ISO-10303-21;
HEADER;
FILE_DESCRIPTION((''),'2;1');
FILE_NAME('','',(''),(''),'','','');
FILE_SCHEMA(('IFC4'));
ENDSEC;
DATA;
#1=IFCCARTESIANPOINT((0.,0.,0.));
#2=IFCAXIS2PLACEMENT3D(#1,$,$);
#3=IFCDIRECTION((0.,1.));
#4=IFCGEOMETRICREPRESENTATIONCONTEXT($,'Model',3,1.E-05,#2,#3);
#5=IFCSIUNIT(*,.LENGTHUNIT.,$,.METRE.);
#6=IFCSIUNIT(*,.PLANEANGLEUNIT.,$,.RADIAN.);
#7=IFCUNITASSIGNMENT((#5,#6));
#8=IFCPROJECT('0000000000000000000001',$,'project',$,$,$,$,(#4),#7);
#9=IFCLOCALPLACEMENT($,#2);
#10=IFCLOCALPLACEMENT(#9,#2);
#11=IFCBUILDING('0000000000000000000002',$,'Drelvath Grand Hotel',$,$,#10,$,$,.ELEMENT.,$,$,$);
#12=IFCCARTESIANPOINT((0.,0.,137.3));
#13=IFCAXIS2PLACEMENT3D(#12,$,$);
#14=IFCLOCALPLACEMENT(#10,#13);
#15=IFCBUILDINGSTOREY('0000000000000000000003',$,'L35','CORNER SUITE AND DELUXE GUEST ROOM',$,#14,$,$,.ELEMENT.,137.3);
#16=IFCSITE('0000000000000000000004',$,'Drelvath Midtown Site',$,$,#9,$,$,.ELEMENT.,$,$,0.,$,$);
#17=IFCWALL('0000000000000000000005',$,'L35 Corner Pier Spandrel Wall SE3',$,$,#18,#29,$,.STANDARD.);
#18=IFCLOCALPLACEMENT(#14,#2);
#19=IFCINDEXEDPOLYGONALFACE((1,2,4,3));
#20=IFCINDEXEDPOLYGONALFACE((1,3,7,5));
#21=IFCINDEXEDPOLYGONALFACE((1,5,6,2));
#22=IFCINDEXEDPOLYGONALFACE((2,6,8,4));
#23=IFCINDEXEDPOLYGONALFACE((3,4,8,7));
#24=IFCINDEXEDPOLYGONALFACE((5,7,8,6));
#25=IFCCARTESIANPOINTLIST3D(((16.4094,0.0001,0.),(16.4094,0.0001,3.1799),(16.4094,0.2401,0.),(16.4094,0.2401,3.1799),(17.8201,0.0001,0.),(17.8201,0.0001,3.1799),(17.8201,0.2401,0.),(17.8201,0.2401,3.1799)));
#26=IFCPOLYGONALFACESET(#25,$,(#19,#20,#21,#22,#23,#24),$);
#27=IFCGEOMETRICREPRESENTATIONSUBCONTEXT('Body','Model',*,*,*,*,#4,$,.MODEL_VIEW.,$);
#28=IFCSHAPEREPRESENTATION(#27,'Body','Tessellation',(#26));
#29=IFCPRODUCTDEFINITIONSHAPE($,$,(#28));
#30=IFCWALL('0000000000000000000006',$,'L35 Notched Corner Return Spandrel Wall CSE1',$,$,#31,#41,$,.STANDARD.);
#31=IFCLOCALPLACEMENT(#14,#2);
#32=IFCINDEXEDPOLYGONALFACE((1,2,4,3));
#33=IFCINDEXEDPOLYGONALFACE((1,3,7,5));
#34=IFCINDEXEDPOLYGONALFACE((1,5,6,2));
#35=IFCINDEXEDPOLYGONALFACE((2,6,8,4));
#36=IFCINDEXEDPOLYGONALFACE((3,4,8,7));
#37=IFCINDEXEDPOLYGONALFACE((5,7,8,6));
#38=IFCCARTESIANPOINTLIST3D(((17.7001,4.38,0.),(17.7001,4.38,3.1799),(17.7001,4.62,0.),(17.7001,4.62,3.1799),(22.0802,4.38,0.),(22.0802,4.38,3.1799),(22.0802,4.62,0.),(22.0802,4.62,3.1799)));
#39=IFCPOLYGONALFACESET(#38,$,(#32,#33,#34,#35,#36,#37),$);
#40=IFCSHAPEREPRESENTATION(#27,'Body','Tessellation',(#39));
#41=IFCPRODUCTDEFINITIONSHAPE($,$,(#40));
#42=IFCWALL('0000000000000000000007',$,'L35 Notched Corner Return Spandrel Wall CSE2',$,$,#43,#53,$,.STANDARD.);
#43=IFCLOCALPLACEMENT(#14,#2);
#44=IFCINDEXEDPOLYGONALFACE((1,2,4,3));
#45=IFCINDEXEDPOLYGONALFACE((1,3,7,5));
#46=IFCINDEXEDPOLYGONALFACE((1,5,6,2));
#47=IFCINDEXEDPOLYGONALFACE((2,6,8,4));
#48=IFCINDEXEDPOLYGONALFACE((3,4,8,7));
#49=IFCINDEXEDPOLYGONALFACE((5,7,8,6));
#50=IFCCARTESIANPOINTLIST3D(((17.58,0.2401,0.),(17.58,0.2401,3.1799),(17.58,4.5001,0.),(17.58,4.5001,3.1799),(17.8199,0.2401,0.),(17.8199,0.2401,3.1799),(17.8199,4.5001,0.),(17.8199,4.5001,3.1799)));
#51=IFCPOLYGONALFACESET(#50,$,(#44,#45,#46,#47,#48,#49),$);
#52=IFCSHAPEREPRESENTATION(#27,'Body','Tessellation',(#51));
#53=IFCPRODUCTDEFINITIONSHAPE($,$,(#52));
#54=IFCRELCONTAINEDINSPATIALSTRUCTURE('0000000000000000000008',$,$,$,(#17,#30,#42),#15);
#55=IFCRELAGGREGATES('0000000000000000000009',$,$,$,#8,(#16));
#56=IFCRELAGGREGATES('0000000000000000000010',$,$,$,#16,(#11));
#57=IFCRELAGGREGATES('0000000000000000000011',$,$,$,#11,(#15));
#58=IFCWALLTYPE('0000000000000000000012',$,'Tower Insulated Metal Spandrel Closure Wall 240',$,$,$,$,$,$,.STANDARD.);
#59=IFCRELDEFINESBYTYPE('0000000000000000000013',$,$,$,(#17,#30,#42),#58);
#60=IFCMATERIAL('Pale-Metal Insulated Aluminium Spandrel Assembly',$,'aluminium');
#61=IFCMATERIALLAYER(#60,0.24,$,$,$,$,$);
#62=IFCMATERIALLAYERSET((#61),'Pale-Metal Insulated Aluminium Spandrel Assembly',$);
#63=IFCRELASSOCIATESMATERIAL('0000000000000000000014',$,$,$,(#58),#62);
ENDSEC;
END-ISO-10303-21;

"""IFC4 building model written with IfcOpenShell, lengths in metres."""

from ifc_helpers import new_model, si_unit, direction, frame, frame_2d, origin, place, context, subcontext, project, spatial, rectangle, extrude, material, layer, layer_set, type_object, element, save


model = new_model("IFC4")

# Units and contexts
model_context = context("Model", 3, precision=1e-05, world=origin(), true_north=direction((0.0, 1.0)))
body_context = subcontext(model_context, "Body", "Model", "MODEL_VIEW")
ifc_project = project(units=[si_unit("LENGTHUNIT", "METRE"), si_unit("PLANEANGLEUNIT", "RADIAN")], contexts=[model_context])

# Site, building, storey
site_placement = place(None, origin())
site = spatial("IfcSite", under=ifc_project, at=site_placement, Name="Drelvath Midtown Site", CompositionType="ELEMENT", RefElevation=0.0)
building_placement = place(site_placement, origin())
building = spatial("IfcBuilding", under=site, at=building_placement, Name="Drelvath Grand Hotel", CompositionType="ELEMENT")
storey_placement = place(building_placement, frame((0.0, 0.0, 137.3)))
storey = spatial("IfcBuildingStorey", under=building, at=storey_placement, Name="L35", Description="CORNER SUITE AND DELUXE GUEST ROOM", CompositionType="ELEMENT", Elevation=137.3)

# Walls
ifc_material_1 = material(Name="Pale-Metal Insulated Aluminium Spandrel Assembly", Category="aluminium")
ifc_layer_1 = layer(ifc_material_1, 0.24)
ifc_layer_set_1 = layer_set([ifc_layer_1], Name="Pale-Metal Insulated Aluminium Spandrel Assembly")
wall_type_1 = type_object("IfcWallType", Name="Tower Insulated Metal Spandrel Closure Wall 240", PredefinedType="STANDARD", material=ifc_layer_set_1)
wall_1_placement = place(storey_placement, frame((17.8201, 0.1201, 0.0), z_axis=(0.0, 0.0, 1.0), x_axis=(-1.0, 0.0, 0.0)))
element("IfcWall", 1, at=wall_1_placement, inside=storey, type_object=wall_type_1, Name="L35 Corner Pier Spandrel Wall SE3", PredefinedType="STANDARD", context=body_context, shape_type="SweptSolid", body=[
    extrude(rectangle(XDim=1.4106, YDim=0.24, at=frame_2d((0.7053, 0.0))), origin(), (0.0, 0.0, 1.0), 3.1799),
])
wall_2_placement = place(storey_placement, frame((22.0801, 4.5, 0.0), z_axis=(0.0, 0.0, 1.0), x_axis=(-1.0, 0.0, 0.0)))
element("IfcWall", 2, at=wall_2_placement, inside=storey, type_object=wall_type_1, Name="L35 Notched Corner Return Spandrel Wall CSE1", PredefinedType="STANDARD", context=body_context, shape_type="SweptSolid", body=[
    extrude(rectangle(XDim=4.3801, YDim=0.24, at=frame_2d((2.1899, 0.0))), origin(), (0.0, 0.0, 1.0), 3.1799),
])
wall_3_placement = place(storey_placement, frame((17.7, 4.5, 0.0), z_axis=(0.0, 0.0, 1.0), x_axis=(0.0, -1.0, 0.0)))
element("IfcWall", 3, at=wall_3_placement, inside=storey, type_object=wall_type_1, Name="L35 Notched Corner Return Spandrel Wall CSE2", PredefinedType="STANDARD", context=body_context, shape_type="SweptSolid", body=[
    extrude(rectangle(XDim=4.26, YDim=0.24, at=frame_2d((2.1299, 0.0))), origin(), (0.0, 0.0, 1.0), 3.1799),
])

save(model, "model.ifc")
